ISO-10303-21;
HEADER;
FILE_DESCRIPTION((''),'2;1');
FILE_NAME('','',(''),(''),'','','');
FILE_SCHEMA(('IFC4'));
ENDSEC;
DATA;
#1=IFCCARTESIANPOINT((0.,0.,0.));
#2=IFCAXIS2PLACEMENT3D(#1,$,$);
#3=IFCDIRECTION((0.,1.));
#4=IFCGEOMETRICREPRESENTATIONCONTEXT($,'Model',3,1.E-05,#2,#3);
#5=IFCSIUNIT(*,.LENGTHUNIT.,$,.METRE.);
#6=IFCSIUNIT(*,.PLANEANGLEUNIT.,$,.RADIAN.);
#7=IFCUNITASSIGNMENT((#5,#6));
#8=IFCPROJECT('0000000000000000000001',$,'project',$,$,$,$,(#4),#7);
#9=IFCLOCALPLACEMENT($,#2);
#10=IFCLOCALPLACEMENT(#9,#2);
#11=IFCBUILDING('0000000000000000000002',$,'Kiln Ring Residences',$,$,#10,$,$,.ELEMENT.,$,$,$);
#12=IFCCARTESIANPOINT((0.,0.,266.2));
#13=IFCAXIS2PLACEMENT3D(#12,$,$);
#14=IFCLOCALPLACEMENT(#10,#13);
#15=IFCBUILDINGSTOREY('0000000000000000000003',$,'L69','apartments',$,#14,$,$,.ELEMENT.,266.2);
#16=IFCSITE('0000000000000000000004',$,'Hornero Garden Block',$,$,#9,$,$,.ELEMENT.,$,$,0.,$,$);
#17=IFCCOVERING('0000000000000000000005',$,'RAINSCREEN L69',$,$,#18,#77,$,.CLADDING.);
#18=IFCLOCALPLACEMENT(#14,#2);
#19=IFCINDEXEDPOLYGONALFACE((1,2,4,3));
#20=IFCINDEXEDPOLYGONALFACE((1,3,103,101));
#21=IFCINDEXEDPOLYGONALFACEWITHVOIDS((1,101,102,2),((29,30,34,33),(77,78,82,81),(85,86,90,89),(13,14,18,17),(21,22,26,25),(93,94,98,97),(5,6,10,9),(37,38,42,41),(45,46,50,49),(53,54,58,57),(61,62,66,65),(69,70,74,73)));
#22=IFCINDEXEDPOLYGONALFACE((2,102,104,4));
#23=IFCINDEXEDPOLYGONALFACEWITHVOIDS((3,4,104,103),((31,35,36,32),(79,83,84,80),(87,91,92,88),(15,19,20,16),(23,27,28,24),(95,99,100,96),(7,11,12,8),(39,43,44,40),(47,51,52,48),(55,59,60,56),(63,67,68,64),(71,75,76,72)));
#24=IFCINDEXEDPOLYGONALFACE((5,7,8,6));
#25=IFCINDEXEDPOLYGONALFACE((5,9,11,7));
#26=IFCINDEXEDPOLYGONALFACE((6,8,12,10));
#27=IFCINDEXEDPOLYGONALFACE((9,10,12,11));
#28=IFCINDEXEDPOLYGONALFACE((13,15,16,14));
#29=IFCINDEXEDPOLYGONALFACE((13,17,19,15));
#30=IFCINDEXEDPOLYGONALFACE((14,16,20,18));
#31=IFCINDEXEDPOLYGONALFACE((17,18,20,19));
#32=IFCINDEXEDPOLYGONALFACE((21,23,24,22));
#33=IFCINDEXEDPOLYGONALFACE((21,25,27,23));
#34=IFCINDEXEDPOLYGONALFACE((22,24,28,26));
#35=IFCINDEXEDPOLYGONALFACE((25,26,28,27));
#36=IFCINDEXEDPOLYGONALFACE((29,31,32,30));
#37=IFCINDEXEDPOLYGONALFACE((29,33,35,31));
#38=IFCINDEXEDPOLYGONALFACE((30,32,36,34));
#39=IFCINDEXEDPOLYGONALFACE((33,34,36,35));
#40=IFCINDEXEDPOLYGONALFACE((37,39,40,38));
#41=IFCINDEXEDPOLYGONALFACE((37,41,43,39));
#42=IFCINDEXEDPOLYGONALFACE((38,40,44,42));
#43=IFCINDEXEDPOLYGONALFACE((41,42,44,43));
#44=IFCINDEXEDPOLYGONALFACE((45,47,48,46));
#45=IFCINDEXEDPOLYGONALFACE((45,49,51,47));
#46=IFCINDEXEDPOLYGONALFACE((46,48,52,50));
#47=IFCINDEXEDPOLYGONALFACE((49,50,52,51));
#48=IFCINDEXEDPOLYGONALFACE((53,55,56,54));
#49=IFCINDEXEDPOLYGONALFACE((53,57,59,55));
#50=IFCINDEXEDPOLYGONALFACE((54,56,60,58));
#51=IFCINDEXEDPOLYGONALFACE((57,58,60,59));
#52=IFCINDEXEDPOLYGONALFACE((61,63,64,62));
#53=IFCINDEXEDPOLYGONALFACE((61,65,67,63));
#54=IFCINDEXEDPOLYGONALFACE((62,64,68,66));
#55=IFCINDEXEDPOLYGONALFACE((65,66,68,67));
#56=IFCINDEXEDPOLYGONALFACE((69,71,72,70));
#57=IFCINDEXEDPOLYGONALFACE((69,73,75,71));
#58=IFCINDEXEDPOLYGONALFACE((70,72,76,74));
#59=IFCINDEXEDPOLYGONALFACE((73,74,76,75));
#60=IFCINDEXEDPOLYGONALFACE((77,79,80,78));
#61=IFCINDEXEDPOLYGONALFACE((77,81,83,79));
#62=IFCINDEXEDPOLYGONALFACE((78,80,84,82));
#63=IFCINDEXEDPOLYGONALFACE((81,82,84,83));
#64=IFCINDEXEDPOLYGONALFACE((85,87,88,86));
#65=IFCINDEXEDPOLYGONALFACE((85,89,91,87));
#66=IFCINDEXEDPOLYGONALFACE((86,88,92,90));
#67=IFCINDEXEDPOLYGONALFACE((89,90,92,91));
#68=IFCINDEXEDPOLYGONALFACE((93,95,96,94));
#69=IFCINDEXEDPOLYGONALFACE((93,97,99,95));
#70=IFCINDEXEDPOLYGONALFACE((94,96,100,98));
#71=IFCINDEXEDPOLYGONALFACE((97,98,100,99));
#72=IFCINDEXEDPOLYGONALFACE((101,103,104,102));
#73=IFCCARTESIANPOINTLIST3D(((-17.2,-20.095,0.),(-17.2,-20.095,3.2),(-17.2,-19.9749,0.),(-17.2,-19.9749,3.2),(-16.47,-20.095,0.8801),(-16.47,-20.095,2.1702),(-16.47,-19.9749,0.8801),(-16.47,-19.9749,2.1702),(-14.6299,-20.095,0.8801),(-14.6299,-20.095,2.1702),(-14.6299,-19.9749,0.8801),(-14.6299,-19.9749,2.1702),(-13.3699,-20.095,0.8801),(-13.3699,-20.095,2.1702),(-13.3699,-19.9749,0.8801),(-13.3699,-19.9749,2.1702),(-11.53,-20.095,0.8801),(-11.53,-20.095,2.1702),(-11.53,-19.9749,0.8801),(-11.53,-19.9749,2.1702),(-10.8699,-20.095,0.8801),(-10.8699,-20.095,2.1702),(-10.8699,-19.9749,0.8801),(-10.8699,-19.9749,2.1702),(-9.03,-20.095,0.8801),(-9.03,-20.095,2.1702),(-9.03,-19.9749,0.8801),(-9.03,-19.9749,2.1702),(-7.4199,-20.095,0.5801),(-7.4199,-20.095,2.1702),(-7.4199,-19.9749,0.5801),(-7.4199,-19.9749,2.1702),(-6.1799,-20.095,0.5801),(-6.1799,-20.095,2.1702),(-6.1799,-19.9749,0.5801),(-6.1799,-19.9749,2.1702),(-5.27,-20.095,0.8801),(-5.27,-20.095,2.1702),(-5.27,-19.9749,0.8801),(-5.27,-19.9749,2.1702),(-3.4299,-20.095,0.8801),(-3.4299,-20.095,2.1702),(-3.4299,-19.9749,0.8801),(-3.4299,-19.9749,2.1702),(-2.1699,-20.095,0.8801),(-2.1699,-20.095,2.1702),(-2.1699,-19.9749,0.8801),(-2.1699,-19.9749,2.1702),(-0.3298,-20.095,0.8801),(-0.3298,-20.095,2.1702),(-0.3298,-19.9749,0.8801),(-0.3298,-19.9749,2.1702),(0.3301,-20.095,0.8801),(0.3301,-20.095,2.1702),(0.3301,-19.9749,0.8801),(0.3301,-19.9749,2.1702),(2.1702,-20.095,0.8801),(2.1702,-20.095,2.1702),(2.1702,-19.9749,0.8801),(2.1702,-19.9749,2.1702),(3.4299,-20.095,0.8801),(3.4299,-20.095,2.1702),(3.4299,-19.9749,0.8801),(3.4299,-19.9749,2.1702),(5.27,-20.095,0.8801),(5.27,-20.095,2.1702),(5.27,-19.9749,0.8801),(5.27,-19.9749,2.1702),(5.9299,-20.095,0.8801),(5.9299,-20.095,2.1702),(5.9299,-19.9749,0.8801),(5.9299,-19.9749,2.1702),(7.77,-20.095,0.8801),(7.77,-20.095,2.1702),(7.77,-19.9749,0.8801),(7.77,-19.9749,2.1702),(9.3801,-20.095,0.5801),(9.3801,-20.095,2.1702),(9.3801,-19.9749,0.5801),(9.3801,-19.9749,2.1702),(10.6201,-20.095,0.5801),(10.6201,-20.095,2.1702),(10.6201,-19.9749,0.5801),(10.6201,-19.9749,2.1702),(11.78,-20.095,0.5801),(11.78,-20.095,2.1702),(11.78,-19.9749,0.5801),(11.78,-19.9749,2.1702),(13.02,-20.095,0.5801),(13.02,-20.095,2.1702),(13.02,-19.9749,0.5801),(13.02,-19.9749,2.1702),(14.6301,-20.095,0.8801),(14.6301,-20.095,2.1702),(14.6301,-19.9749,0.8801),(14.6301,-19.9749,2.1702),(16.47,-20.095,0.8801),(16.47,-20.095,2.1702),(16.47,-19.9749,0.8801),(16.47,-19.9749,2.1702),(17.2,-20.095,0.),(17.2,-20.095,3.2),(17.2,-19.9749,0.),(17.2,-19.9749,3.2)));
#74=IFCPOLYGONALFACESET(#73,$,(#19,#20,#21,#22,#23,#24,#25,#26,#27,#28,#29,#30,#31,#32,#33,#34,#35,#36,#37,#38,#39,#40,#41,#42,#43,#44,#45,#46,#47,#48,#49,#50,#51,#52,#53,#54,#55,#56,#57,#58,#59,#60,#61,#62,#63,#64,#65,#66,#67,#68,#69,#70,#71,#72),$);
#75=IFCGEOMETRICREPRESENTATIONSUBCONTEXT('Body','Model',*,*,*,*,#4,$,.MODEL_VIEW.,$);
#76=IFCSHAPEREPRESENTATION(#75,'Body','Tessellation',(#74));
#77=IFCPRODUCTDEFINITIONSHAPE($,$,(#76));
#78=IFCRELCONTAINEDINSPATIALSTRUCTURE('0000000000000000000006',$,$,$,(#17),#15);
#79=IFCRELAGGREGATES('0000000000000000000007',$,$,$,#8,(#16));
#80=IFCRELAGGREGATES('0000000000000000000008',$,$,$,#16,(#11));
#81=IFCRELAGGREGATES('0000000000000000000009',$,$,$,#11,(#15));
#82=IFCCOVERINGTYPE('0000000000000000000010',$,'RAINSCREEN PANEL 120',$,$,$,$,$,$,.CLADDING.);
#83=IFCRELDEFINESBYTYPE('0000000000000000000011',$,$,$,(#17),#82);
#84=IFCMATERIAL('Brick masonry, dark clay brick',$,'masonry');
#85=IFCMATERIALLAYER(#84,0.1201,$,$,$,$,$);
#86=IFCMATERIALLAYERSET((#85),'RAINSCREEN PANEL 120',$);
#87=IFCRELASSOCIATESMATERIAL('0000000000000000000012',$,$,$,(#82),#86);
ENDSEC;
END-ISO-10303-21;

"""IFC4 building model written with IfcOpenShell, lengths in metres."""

from ifc_helpers import new_model, si_unit, direction, frame, origin, place, context, subcontext, project, spatial, polyline, outline, extrude, material, layer, layer_set, type_object, element, save


model = new_model("IFC4")

# Units and contexts
model_context = context("Model", 3, precision=1e-05, world=origin(), true_north=direction((0.0, 1.0)))
body_context = subcontext(model_context, "Body", "Model", "MODEL_VIEW")
ifc_project = project(units=[si_unit("LENGTHUNIT", "METRE"), si_unit("PLANEANGLEUNIT", "RADIAN")], contexts=[model_context])

# Site, building, storey
site_placement = place(None, origin())
site = spatial("IfcSite", under=ifc_project, at=site_placement, Name="Hornero Garden Block", CompositionType="ELEMENT", RefElevation=0.0)
building_placement = place(site_placement, origin())
building = spatial("IfcBuilding", under=site, at=building_placement, Name="Kiln Ring Residences", CompositionType="ELEMENT")
storey_placement = place(building_placement, frame((0.0, 0.0, 266.2)))
storey = spatial("IfcBuildingStorey", under=building, at=storey_placement, Name="L69", Description="apartments", CompositionType="ELEMENT", Elevation=266.2)

# Covering
ifc_material_1 = material(Name="Brick masonry, dark clay brick", Category="masonry")
ifc_layer_1 = layer(ifc_material_1, 0.1201)
ifc_layer_set_1 = layer_set([ifc_layer_1], Name="RAINSCREEN PANEL 120")
covering_type = type_object("IfcCoveringType", Name="RAINSCREEN PANEL 120", PredefinedType="CLADDING", material=ifc_layer_set_1)
covering_1_placement = place(storey_placement, frame((-17.2, -20.0349, 0.0), z_axis=(0.0, 0.0, 1.0), x_axis=(1.0, 0.0, 0.0)))
element("IfcCovering", 1, at=covering_1_placement, inside=storey, type_object=covering_type, Name="RAINSCREEN L69", PredefinedType="CLADDING", context=body_context, shape_type="SweptSolid", body=[
    extrude(outline(polyline([(0.0, 0.0), (34.3999, 0.0), (34.3999, 3.2), (0.0, 3.2), (0.0, 0.0)]), holes=[polyline([(9.78, 0.5801), (11.02, 0.5801), (11.02, 2.1702), (9.78, 2.1702), (9.78, 0.5801)]), polyline([(0.73, 2.1702), (0.73, 0.8801), (2.5701, 0.8801), (2.5701, 2.1702), (0.73, 2.1702)]), polyline([(3.8301, 2.1702), (3.8301, 0.8801), (5.6699, 0.8801), (5.6699, 2.1702), (3.8301, 2.1702)]), polyline([(6.3301, 0.8801), (8.1699, 0.8801), (8.1699, 2.1702), (6.3301, 2.1702), (6.3301, 0.8801)]), polyline([(11.9299, 2.1702), (11.9299, 0.8801), (13.77, 0.8801), (13.77, 2.1702), (11.9299, 2.1702)]), polyline([(15.03, 2.1702), (15.03, 0.8801), (16.8701, 0.8801), (16.8701, 2.1702), (15.03, 2.1702)]), polyline([(26.5801, 0.5801), (27.8201, 0.5801), (27.8201, 2.1702), (26.5801, 2.1702), (26.5801, 0.5801)]), polyline([(28.98, 2.1702), (28.98, 0.5801), (30.22, 0.5801), (30.22, 2.1702), (28.98, 2.1702)]), polyline([(17.53, 2.1702), (17.53, 0.8801), (19.3701, 0.8801), (19.3701, 2.1702), (17.53, 2.1702)]), polyline([(20.6299, 0.8801), (22.47, 0.8801), (22.47, 2.1702), (20.6299, 2.1702), (20.6299, 0.8801)]), polyline([(23.1299, 2.1702), (23.1299, 0.8801), (24.97, 0.8801), (24.97, 2.1702), (23.1299, 2.1702)]), polyline([(31.8301, 2.1702), (31.8301, 0.8801), (33.6699, 0.8801), (33.6699, 2.1702), (31.8301, 2.1702)])]), frame((0.0, 0.0601, 0.0), z_axis=(0.0, -1.0, 0.0), x_axis=(1.0, 0.0, 0.0)), (0.0, 0.0, 1.0), 0.1201),
])

save(model, "model.ifc")
